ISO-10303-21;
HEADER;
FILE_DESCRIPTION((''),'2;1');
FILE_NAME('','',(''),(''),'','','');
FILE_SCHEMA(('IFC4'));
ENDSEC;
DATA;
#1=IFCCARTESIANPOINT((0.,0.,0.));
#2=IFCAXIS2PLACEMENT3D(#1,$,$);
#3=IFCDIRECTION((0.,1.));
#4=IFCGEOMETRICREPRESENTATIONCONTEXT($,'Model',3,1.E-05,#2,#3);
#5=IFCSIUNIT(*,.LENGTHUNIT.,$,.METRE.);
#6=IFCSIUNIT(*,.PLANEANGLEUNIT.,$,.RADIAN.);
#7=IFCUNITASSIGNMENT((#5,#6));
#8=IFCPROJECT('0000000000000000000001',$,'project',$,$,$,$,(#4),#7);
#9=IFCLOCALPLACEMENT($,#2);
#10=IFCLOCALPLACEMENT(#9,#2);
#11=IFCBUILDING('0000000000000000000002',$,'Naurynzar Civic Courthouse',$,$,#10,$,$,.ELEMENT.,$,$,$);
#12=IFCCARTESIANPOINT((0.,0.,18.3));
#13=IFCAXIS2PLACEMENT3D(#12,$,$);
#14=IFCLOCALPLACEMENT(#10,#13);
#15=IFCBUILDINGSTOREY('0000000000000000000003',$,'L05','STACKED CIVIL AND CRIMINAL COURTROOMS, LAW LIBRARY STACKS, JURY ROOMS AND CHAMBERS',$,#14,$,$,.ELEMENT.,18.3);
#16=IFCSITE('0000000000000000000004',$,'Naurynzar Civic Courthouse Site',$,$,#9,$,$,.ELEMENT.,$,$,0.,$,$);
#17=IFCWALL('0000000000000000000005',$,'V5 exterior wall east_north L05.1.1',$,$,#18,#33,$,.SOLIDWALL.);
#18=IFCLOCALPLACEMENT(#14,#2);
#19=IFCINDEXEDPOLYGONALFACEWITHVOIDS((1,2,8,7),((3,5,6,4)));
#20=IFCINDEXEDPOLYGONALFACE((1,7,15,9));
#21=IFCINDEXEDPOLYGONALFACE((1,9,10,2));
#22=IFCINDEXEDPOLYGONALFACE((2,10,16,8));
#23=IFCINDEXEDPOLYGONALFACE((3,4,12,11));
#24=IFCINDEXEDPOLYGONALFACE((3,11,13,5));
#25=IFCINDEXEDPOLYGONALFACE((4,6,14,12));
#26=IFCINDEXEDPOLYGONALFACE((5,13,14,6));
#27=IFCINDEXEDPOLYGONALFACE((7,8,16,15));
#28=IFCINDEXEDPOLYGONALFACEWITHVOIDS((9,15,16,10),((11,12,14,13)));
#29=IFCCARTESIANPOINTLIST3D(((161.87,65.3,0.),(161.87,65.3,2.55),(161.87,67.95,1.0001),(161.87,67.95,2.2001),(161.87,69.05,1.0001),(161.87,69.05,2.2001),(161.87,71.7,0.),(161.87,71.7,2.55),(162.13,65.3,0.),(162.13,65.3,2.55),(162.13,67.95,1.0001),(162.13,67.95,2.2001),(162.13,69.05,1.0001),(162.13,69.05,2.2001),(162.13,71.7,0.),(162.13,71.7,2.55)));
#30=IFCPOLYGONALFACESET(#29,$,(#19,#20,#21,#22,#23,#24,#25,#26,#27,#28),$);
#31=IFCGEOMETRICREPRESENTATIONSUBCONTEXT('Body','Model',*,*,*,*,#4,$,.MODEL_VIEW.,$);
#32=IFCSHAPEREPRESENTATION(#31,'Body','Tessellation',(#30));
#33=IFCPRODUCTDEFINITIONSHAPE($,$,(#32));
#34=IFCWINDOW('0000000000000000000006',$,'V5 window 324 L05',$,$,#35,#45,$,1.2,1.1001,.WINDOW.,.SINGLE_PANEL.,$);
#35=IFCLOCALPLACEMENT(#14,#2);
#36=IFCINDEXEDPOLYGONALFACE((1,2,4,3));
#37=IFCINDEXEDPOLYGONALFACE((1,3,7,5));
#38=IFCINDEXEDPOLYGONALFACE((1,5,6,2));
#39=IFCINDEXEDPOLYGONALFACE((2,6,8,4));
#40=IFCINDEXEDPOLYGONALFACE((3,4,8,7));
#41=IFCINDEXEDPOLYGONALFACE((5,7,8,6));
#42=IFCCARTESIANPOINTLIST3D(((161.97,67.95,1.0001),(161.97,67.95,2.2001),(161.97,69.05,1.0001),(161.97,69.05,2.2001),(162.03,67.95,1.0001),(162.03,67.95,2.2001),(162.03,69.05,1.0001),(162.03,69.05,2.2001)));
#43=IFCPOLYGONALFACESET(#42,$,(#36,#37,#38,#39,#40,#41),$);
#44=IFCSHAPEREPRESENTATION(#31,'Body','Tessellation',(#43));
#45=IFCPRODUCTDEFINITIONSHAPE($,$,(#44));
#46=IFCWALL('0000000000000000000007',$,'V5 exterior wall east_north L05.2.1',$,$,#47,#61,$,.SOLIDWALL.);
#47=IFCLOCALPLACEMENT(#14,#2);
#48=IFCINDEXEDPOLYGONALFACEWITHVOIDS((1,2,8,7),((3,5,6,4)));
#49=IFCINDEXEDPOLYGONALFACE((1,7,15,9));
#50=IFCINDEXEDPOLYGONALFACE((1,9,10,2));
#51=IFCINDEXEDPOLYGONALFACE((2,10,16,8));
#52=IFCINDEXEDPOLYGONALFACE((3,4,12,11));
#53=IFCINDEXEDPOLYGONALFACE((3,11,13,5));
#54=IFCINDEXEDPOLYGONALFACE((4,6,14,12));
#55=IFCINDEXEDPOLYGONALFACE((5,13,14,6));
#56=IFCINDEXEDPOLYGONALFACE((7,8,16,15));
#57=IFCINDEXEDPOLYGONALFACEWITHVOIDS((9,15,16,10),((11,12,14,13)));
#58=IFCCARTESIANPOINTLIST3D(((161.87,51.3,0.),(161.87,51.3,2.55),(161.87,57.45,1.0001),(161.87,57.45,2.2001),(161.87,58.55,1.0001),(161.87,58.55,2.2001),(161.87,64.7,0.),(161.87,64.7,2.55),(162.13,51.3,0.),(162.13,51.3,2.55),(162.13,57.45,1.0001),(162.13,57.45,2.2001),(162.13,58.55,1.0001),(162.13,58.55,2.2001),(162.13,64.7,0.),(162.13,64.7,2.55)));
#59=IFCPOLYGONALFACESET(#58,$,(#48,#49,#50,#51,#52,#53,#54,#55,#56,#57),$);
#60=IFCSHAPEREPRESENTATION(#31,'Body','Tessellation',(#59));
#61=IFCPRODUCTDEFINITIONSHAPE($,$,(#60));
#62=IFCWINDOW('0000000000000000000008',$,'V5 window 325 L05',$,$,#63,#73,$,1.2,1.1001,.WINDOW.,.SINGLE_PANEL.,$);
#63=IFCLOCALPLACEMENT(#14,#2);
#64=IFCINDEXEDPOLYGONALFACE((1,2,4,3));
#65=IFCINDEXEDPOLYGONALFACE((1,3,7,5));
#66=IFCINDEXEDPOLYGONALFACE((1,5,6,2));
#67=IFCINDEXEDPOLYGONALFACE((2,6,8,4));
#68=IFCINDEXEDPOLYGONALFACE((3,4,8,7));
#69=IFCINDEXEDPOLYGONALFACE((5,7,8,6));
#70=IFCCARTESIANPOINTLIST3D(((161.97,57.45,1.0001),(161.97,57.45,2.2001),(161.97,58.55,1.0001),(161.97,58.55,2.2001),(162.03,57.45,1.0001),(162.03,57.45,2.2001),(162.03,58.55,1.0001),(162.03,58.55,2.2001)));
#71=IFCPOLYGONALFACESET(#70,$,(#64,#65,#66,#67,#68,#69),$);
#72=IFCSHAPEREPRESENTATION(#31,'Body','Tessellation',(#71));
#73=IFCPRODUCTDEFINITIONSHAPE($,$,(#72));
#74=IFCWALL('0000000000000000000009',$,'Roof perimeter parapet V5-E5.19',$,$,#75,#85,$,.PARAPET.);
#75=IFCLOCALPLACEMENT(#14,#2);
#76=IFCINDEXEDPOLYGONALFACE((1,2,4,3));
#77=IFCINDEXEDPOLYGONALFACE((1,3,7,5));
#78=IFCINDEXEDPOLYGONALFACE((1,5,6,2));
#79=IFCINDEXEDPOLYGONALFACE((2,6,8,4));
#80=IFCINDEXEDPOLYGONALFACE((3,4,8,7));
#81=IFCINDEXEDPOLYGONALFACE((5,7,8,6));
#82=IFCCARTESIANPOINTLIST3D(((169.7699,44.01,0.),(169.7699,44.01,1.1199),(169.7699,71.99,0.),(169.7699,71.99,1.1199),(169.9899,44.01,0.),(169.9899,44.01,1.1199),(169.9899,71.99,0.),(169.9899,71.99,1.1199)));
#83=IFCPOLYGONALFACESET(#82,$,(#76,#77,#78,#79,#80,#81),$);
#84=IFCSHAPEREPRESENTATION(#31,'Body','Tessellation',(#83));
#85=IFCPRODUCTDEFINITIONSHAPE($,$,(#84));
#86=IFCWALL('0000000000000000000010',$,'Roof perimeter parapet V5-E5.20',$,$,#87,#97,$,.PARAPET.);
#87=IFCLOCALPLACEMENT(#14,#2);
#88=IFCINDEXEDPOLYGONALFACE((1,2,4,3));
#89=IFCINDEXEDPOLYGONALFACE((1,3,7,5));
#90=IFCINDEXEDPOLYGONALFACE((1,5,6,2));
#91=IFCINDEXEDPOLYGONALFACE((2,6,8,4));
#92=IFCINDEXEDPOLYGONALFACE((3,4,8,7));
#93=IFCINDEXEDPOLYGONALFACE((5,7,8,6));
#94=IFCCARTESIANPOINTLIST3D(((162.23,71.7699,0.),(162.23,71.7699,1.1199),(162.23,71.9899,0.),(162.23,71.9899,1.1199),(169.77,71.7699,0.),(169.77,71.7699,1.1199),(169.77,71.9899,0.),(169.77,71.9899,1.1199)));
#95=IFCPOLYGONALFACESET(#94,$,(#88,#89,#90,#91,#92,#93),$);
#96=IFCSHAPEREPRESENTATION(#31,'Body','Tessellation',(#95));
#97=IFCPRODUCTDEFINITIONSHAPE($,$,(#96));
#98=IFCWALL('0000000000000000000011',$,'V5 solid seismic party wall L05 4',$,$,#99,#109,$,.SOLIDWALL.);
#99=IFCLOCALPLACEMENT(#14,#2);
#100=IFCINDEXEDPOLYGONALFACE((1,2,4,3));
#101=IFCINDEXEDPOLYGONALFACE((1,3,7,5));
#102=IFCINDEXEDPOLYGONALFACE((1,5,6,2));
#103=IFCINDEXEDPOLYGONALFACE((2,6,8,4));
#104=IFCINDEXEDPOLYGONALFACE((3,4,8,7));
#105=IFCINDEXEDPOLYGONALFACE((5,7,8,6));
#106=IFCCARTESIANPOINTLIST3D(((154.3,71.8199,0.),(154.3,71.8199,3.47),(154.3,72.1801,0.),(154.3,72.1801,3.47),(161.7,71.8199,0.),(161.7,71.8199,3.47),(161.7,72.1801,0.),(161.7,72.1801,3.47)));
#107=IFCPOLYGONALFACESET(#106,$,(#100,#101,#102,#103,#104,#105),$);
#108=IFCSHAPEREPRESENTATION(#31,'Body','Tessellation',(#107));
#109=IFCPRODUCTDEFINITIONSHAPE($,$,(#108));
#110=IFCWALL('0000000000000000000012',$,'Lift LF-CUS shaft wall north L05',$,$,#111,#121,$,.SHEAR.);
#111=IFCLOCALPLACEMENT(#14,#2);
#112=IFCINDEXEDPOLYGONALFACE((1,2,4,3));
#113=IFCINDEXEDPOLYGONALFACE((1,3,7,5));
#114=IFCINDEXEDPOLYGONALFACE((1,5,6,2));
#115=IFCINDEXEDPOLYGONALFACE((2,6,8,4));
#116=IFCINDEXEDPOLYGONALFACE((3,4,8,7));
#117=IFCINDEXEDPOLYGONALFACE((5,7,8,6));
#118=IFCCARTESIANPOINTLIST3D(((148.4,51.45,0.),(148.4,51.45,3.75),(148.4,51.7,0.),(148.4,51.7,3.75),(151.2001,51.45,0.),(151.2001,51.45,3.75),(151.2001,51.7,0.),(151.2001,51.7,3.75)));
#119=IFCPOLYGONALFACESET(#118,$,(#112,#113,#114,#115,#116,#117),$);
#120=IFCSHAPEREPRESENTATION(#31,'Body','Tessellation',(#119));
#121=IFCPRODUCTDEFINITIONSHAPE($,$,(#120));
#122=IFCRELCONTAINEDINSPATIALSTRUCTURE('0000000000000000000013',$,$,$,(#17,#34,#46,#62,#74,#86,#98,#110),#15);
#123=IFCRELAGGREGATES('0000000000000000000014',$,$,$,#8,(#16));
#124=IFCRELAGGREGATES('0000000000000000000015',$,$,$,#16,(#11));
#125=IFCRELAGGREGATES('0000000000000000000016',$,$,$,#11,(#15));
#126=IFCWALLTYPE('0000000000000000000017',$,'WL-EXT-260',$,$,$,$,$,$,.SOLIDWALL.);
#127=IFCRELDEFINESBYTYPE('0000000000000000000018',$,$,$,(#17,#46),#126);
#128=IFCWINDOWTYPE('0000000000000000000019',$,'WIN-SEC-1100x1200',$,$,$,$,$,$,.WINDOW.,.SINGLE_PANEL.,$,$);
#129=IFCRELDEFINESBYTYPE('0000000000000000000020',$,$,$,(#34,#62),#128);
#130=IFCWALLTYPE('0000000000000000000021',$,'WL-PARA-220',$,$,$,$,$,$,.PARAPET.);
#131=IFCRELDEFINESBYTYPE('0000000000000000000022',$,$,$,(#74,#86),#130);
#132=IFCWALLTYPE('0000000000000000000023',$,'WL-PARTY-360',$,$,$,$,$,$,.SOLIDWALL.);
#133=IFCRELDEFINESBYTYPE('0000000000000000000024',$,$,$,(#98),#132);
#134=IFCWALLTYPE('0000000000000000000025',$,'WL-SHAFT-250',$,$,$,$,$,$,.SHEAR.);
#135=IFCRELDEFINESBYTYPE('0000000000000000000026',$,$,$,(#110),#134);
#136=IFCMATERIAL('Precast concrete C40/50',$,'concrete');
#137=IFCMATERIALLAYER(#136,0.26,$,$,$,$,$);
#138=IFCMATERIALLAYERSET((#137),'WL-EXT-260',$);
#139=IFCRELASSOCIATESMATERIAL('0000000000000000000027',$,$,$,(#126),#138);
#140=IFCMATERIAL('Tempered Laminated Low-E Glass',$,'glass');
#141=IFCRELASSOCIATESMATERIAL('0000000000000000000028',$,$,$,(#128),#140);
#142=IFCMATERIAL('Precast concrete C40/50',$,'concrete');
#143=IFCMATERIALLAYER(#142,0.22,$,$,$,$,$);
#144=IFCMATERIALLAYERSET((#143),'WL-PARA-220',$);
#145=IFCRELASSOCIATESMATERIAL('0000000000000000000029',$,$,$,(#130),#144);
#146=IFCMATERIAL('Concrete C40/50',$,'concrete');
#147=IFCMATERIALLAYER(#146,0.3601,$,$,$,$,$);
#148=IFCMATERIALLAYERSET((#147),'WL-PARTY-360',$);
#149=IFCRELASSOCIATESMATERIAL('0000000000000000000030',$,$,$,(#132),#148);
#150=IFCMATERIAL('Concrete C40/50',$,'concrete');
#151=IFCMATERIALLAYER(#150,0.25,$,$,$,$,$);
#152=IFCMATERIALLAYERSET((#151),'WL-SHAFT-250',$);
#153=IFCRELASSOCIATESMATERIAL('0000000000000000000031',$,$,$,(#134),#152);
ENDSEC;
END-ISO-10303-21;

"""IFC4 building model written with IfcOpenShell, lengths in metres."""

from ifc_helpers import new_model, si_unit, direction, frame, frame_2d, origin, place, context, subcontext, project, spatial, rectangle, extrude, material, layer, layer_set, type_object, element, fill, save


model = new_model("IFC4")

# Units and contexts
model_context = context("Model", 3, precision=1e-05, world=origin(), true_north=direction((0.0, 1.0)))
body_context = subcontext(model_context, "Body", "Model", "MODEL_VIEW")
ifc_project = project(units=[si_unit("LENGTHUNIT", "METRE"), si_unit("PLANEANGLEUNIT", "RADIAN")], contexts=[model_context])

# Site, building, storey
site_placement = place(None, origin())
site = spatial("IfcSite", under=ifc_project, at=site_placement, Name="Naurynzar Civic Courthouse Site", CompositionType="ELEMENT", RefElevation=0.0)
building_placement = place(site_placement, origin())
building = spatial("IfcBuilding", under=site, at=building_placement, Name="Naurynzar Civic Courthouse", CompositionType="ELEMENT")
storey_placement = place(building_placement, frame((0.0, 0.0, 18.3)))
storey = spatial("IfcBuildingStorey", under=building, at=storey_placement, Name="L05", Description="STACKED CIVIL AND CRIMINAL COURTROOMS, LAW LIBRARY STACKS, JURY ROOMS AND CHAMBERS", CompositionType="ELEMENT", Elevation=18.3)

# Walls, openings, windows
ifc_material_1 = material(Name="Precast concrete C40/50", Category="concrete")
ifc_layer_1 = layer(ifc_material_1, 0.26)
ifc_layer_set_1 = layer_set([ifc_layer_1], Name="WL-EXT-260")
wall_type_1 = type_object("IfcWallType", Name="WL-EXT-260", PredefinedType="SOLIDWALL", material=ifc_layer_set_1)
wall_1_placement = place(storey_placement, frame((162.0, 71.7, 0.0), z_axis=(0.0, 0.0, 1.0), x_axis=(0.0, -1.0, 0.0)))
wall_1 = element("IfcWall", 1, at=wall_1_placement, inside=storey, type_object=wall_type_1, Name="V5 exterior wall east_north L05.1.1", PredefinedType="SOLIDWALL", context=body_context, shape_type="SweptSolid", body=[
    extrude(rectangle(XDim=6.3999, YDim=0.26, at=frame_2d((3.2, 0.0))), origin(), (0.0, 0.0, 1.0), 2.55),
])
opening_1_placement = place(wall_1_placement, frame((2.6499, 0.0, 1.0)))
opening_1 = element("IfcOpeningElement", 2, at=opening_1_placement, cuts=wall_1, PredefinedType="OPENING", context=body_context, shape_type="SweptSolid", body=[
    extrude(rectangle(XDim=1.1001, YDim=1.2, at=frame_2d((0.55, 0.6001))), frame((0.0, 0.1399, 0.0), z_axis=(0.0, -1.0, 0.0), x_axis=(1.0, 0.0, 0.0)), (0.0, 0.0, 1.0), 0.28),
])
ifc_material_2 = material(Name="Tempered Laminated Low-E Glass", Category="glass")
window_type = type_object("IfcWindowType", Name="WIN-SEC-1100x1200", PartitioningType="SINGLE_PANEL", PredefinedType="WINDOW", material=ifc_material_2)
window_1_placement = place(opening_1_placement, origin())
window_1 = element("IfcWindow", 3, at=window_1_placement, inside=storey, type_object=window_type, Name="V5 window 324 L05", OverallHeight=1.2, OverallWidth=1.1001, PartitioningType="SINGLE_PANEL", PredefinedType="WINDOW", context=body_context, shape_type="SweptSolid", body=[
    extrude(rectangle(XDim=1.1001, YDim=1.2, at=frame_2d((0.55, 0.6001))), frame((0.0, 0.03, 0.0), z_axis=(0.0, -1.0, 0.0), x_axis=(1.0, 0.0, 0.0)), (0.0, 0.0, 1.0), 0.0601),
])
fill(opening_1, window_1)
wall_2_placement = place(storey_placement, frame((162.0, 64.7, 0.0), z_axis=(0.0, 0.0, 1.0), x_axis=(0.0, -1.0, 0.0)))
wall_2 = element("IfcWall", 4, at=wall_2_placement, inside=storey, type_object=wall_type_1, Name="V5 exterior wall east_north L05.2.1", PredefinedType="SOLIDWALL", context=body_context, shape_type="SweptSolid", body=[
    extrude(rectangle(XDim=13.3999, YDim=0.26, at=frame_2d((6.7, 0.0))), origin(), (0.0, 0.0, 1.0), 2.55),
])
opening_2_placement = place(wall_2_placement, frame((6.1499, 0.0, 1.0)))
opening_2 = element("IfcOpeningElement", 5, at=opening_2_placement, cuts=wall_2, PredefinedType="OPENING", context=body_context, shape_type="SweptSolid", body=[
    extrude(rectangle(XDim=1.1001, YDim=1.2, at=frame_2d((0.55, 0.6001))), frame((0.0, 0.1399, 0.0), z_axis=(0.0, -1.0, 0.0), x_axis=(1.0, 0.0, 0.0)), (0.0, 0.0, 1.0), 0.28),
])
window_2_placement = place(opening_2_placement, origin())
window_2 = element("IfcWindow", 6, at=window_2_placement, inside=storey, type_object=window_type, Name="V5 window 325 L05", OverallHeight=1.2, OverallWidth=1.1001, PartitioningType="SINGLE_PANEL", PredefinedType="WINDOW", context=body_context, shape_type="SweptSolid", body=[
    extrude(rectangle(XDim=1.1001, YDim=1.2, at=frame_2d((0.55, 0.6001))), frame((0.0, 0.03, 0.0), z_axis=(0.0, -1.0, 0.0), x_axis=(1.0, 0.0, 0.0)), (0.0, 0.0, 1.0), 0.0601),
])
fill(opening_2, window_2)

# Walls
ifc_material_3 = material(Name="Precast concrete C40/50", Category="concrete")
ifc_layer_2 = layer(ifc_material_3, 0.22)
ifc_layer_set_2 = layer_set([ifc_layer_2], Name="WL-PARA-220")
wall_type_2 = type_object("IfcWallType", Name="WL-PARA-220", PredefinedType="PARAPET", material=ifc_layer_set_2)
wall_3_placement = place(storey_placement, frame((169.8799, 71.99, 0.0), z_axis=(0.0, 0.0, 1.0), x_axis=(0.0, -1.0, 0.0)))
element("IfcWall", 7, at=wall_3_placement, inside=storey, type_object=wall_type_2, Name="Roof perimeter parapet V5-E5.19", PredefinedType="PARAPET", context=body_context, shape_type="SweptSolid", body=[
    extrude(rectangle(XDim=27.98, YDim=0.22, at=frame_2d((13.99, 0.0))), origin(), (0.0, 0.0, 1.0), 1.1199),
])
wall_4_placement = place(storey_placement, frame((162.23, 71.8799, 0.0), z_axis=(0.0, 0.0, 1.0), x_axis=(1.0, 0.0, 0.0)))
element("IfcWall", 8, at=wall_4_placement, inside=storey, type_object=wall_type_2, Name="Roof perimeter parapet V5-E5.20", PredefinedType="PARAPET", context=body_context, shape_type="SweptSolid", body=[
    extrude(rectangle(XDim=7.54, YDim=0.22, at=frame_2d((3.77, 0.0))), origin(), (0.0, 0.0, 1.0), 1.1199),
])
ifc_material_4 = material(Name="Concrete C40/50", Category="concrete")
ifc_layer_3 = layer(ifc_material_4, 0.3601)
ifc_layer_set_3 = layer_set([ifc_layer_3], Name="WL-PARTY-360")
wall_type_3 = type_object("IfcWallType", Name="WL-PARTY-360", PredefinedType="SOLIDWALL", material=ifc_layer_set_3)
wall_5_placement = place(storey_placement, frame((154.3, 72.0, 0.0), z_axis=(0.0, 0.0, 1.0), x_axis=(1.0, 0.0, 0.0)))
element("IfcWall", 9, at=wall_5_placement, inside=storey, type_object=wall_type_3, Name="V5 solid seismic party wall L05 4", PredefinedType="SOLIDWALL", context=body_context, shape_type="SweptSolid", body=[
    extrude(rectangle(XDim=7.3999, YDim=0.3601, at=frame_2d((3.7, 0.0))), origin(), (0.0, 0.0, 1.0), 3.47),
])
ifc_material_5 = material(Name="Concrete C40/50", Category="concrete")
ifc_layer_4 = layer(ifc_material_5, 0.25)
ifc_layer_set_4 = layer_set([ifc_layer_4], Name="WL-SHAFT-250")
wall_type_4 = type_object("IfcWallType", Name="WL-SHAFT-250", PredefinedType="SHEAR", material=ifc_layer_set_4)
wall_6_placement = place(storey_placement, frame((151.2, 51.575, 0.0), z_axis=(0.0, 0.0, 1.0), x_axis=(-1.0, 0.0, 0.0)))
element("IfcWall", 10, at=wall_6_placement, inside=storey, type_object=wall_type_4, Name="Lift LF-CUS shaft wall north L05", PredefinedType="SHEAR", context=body_context, shape_type="SweptSolid", body=[
    extrude(rectangle(XDim=2.8, YDim=0.25, at=frame_2d((1.3999, 0.0))), origin(), (0.0, 0.0, 1.0), 3.75),
])

save(model, "model.ifc")
